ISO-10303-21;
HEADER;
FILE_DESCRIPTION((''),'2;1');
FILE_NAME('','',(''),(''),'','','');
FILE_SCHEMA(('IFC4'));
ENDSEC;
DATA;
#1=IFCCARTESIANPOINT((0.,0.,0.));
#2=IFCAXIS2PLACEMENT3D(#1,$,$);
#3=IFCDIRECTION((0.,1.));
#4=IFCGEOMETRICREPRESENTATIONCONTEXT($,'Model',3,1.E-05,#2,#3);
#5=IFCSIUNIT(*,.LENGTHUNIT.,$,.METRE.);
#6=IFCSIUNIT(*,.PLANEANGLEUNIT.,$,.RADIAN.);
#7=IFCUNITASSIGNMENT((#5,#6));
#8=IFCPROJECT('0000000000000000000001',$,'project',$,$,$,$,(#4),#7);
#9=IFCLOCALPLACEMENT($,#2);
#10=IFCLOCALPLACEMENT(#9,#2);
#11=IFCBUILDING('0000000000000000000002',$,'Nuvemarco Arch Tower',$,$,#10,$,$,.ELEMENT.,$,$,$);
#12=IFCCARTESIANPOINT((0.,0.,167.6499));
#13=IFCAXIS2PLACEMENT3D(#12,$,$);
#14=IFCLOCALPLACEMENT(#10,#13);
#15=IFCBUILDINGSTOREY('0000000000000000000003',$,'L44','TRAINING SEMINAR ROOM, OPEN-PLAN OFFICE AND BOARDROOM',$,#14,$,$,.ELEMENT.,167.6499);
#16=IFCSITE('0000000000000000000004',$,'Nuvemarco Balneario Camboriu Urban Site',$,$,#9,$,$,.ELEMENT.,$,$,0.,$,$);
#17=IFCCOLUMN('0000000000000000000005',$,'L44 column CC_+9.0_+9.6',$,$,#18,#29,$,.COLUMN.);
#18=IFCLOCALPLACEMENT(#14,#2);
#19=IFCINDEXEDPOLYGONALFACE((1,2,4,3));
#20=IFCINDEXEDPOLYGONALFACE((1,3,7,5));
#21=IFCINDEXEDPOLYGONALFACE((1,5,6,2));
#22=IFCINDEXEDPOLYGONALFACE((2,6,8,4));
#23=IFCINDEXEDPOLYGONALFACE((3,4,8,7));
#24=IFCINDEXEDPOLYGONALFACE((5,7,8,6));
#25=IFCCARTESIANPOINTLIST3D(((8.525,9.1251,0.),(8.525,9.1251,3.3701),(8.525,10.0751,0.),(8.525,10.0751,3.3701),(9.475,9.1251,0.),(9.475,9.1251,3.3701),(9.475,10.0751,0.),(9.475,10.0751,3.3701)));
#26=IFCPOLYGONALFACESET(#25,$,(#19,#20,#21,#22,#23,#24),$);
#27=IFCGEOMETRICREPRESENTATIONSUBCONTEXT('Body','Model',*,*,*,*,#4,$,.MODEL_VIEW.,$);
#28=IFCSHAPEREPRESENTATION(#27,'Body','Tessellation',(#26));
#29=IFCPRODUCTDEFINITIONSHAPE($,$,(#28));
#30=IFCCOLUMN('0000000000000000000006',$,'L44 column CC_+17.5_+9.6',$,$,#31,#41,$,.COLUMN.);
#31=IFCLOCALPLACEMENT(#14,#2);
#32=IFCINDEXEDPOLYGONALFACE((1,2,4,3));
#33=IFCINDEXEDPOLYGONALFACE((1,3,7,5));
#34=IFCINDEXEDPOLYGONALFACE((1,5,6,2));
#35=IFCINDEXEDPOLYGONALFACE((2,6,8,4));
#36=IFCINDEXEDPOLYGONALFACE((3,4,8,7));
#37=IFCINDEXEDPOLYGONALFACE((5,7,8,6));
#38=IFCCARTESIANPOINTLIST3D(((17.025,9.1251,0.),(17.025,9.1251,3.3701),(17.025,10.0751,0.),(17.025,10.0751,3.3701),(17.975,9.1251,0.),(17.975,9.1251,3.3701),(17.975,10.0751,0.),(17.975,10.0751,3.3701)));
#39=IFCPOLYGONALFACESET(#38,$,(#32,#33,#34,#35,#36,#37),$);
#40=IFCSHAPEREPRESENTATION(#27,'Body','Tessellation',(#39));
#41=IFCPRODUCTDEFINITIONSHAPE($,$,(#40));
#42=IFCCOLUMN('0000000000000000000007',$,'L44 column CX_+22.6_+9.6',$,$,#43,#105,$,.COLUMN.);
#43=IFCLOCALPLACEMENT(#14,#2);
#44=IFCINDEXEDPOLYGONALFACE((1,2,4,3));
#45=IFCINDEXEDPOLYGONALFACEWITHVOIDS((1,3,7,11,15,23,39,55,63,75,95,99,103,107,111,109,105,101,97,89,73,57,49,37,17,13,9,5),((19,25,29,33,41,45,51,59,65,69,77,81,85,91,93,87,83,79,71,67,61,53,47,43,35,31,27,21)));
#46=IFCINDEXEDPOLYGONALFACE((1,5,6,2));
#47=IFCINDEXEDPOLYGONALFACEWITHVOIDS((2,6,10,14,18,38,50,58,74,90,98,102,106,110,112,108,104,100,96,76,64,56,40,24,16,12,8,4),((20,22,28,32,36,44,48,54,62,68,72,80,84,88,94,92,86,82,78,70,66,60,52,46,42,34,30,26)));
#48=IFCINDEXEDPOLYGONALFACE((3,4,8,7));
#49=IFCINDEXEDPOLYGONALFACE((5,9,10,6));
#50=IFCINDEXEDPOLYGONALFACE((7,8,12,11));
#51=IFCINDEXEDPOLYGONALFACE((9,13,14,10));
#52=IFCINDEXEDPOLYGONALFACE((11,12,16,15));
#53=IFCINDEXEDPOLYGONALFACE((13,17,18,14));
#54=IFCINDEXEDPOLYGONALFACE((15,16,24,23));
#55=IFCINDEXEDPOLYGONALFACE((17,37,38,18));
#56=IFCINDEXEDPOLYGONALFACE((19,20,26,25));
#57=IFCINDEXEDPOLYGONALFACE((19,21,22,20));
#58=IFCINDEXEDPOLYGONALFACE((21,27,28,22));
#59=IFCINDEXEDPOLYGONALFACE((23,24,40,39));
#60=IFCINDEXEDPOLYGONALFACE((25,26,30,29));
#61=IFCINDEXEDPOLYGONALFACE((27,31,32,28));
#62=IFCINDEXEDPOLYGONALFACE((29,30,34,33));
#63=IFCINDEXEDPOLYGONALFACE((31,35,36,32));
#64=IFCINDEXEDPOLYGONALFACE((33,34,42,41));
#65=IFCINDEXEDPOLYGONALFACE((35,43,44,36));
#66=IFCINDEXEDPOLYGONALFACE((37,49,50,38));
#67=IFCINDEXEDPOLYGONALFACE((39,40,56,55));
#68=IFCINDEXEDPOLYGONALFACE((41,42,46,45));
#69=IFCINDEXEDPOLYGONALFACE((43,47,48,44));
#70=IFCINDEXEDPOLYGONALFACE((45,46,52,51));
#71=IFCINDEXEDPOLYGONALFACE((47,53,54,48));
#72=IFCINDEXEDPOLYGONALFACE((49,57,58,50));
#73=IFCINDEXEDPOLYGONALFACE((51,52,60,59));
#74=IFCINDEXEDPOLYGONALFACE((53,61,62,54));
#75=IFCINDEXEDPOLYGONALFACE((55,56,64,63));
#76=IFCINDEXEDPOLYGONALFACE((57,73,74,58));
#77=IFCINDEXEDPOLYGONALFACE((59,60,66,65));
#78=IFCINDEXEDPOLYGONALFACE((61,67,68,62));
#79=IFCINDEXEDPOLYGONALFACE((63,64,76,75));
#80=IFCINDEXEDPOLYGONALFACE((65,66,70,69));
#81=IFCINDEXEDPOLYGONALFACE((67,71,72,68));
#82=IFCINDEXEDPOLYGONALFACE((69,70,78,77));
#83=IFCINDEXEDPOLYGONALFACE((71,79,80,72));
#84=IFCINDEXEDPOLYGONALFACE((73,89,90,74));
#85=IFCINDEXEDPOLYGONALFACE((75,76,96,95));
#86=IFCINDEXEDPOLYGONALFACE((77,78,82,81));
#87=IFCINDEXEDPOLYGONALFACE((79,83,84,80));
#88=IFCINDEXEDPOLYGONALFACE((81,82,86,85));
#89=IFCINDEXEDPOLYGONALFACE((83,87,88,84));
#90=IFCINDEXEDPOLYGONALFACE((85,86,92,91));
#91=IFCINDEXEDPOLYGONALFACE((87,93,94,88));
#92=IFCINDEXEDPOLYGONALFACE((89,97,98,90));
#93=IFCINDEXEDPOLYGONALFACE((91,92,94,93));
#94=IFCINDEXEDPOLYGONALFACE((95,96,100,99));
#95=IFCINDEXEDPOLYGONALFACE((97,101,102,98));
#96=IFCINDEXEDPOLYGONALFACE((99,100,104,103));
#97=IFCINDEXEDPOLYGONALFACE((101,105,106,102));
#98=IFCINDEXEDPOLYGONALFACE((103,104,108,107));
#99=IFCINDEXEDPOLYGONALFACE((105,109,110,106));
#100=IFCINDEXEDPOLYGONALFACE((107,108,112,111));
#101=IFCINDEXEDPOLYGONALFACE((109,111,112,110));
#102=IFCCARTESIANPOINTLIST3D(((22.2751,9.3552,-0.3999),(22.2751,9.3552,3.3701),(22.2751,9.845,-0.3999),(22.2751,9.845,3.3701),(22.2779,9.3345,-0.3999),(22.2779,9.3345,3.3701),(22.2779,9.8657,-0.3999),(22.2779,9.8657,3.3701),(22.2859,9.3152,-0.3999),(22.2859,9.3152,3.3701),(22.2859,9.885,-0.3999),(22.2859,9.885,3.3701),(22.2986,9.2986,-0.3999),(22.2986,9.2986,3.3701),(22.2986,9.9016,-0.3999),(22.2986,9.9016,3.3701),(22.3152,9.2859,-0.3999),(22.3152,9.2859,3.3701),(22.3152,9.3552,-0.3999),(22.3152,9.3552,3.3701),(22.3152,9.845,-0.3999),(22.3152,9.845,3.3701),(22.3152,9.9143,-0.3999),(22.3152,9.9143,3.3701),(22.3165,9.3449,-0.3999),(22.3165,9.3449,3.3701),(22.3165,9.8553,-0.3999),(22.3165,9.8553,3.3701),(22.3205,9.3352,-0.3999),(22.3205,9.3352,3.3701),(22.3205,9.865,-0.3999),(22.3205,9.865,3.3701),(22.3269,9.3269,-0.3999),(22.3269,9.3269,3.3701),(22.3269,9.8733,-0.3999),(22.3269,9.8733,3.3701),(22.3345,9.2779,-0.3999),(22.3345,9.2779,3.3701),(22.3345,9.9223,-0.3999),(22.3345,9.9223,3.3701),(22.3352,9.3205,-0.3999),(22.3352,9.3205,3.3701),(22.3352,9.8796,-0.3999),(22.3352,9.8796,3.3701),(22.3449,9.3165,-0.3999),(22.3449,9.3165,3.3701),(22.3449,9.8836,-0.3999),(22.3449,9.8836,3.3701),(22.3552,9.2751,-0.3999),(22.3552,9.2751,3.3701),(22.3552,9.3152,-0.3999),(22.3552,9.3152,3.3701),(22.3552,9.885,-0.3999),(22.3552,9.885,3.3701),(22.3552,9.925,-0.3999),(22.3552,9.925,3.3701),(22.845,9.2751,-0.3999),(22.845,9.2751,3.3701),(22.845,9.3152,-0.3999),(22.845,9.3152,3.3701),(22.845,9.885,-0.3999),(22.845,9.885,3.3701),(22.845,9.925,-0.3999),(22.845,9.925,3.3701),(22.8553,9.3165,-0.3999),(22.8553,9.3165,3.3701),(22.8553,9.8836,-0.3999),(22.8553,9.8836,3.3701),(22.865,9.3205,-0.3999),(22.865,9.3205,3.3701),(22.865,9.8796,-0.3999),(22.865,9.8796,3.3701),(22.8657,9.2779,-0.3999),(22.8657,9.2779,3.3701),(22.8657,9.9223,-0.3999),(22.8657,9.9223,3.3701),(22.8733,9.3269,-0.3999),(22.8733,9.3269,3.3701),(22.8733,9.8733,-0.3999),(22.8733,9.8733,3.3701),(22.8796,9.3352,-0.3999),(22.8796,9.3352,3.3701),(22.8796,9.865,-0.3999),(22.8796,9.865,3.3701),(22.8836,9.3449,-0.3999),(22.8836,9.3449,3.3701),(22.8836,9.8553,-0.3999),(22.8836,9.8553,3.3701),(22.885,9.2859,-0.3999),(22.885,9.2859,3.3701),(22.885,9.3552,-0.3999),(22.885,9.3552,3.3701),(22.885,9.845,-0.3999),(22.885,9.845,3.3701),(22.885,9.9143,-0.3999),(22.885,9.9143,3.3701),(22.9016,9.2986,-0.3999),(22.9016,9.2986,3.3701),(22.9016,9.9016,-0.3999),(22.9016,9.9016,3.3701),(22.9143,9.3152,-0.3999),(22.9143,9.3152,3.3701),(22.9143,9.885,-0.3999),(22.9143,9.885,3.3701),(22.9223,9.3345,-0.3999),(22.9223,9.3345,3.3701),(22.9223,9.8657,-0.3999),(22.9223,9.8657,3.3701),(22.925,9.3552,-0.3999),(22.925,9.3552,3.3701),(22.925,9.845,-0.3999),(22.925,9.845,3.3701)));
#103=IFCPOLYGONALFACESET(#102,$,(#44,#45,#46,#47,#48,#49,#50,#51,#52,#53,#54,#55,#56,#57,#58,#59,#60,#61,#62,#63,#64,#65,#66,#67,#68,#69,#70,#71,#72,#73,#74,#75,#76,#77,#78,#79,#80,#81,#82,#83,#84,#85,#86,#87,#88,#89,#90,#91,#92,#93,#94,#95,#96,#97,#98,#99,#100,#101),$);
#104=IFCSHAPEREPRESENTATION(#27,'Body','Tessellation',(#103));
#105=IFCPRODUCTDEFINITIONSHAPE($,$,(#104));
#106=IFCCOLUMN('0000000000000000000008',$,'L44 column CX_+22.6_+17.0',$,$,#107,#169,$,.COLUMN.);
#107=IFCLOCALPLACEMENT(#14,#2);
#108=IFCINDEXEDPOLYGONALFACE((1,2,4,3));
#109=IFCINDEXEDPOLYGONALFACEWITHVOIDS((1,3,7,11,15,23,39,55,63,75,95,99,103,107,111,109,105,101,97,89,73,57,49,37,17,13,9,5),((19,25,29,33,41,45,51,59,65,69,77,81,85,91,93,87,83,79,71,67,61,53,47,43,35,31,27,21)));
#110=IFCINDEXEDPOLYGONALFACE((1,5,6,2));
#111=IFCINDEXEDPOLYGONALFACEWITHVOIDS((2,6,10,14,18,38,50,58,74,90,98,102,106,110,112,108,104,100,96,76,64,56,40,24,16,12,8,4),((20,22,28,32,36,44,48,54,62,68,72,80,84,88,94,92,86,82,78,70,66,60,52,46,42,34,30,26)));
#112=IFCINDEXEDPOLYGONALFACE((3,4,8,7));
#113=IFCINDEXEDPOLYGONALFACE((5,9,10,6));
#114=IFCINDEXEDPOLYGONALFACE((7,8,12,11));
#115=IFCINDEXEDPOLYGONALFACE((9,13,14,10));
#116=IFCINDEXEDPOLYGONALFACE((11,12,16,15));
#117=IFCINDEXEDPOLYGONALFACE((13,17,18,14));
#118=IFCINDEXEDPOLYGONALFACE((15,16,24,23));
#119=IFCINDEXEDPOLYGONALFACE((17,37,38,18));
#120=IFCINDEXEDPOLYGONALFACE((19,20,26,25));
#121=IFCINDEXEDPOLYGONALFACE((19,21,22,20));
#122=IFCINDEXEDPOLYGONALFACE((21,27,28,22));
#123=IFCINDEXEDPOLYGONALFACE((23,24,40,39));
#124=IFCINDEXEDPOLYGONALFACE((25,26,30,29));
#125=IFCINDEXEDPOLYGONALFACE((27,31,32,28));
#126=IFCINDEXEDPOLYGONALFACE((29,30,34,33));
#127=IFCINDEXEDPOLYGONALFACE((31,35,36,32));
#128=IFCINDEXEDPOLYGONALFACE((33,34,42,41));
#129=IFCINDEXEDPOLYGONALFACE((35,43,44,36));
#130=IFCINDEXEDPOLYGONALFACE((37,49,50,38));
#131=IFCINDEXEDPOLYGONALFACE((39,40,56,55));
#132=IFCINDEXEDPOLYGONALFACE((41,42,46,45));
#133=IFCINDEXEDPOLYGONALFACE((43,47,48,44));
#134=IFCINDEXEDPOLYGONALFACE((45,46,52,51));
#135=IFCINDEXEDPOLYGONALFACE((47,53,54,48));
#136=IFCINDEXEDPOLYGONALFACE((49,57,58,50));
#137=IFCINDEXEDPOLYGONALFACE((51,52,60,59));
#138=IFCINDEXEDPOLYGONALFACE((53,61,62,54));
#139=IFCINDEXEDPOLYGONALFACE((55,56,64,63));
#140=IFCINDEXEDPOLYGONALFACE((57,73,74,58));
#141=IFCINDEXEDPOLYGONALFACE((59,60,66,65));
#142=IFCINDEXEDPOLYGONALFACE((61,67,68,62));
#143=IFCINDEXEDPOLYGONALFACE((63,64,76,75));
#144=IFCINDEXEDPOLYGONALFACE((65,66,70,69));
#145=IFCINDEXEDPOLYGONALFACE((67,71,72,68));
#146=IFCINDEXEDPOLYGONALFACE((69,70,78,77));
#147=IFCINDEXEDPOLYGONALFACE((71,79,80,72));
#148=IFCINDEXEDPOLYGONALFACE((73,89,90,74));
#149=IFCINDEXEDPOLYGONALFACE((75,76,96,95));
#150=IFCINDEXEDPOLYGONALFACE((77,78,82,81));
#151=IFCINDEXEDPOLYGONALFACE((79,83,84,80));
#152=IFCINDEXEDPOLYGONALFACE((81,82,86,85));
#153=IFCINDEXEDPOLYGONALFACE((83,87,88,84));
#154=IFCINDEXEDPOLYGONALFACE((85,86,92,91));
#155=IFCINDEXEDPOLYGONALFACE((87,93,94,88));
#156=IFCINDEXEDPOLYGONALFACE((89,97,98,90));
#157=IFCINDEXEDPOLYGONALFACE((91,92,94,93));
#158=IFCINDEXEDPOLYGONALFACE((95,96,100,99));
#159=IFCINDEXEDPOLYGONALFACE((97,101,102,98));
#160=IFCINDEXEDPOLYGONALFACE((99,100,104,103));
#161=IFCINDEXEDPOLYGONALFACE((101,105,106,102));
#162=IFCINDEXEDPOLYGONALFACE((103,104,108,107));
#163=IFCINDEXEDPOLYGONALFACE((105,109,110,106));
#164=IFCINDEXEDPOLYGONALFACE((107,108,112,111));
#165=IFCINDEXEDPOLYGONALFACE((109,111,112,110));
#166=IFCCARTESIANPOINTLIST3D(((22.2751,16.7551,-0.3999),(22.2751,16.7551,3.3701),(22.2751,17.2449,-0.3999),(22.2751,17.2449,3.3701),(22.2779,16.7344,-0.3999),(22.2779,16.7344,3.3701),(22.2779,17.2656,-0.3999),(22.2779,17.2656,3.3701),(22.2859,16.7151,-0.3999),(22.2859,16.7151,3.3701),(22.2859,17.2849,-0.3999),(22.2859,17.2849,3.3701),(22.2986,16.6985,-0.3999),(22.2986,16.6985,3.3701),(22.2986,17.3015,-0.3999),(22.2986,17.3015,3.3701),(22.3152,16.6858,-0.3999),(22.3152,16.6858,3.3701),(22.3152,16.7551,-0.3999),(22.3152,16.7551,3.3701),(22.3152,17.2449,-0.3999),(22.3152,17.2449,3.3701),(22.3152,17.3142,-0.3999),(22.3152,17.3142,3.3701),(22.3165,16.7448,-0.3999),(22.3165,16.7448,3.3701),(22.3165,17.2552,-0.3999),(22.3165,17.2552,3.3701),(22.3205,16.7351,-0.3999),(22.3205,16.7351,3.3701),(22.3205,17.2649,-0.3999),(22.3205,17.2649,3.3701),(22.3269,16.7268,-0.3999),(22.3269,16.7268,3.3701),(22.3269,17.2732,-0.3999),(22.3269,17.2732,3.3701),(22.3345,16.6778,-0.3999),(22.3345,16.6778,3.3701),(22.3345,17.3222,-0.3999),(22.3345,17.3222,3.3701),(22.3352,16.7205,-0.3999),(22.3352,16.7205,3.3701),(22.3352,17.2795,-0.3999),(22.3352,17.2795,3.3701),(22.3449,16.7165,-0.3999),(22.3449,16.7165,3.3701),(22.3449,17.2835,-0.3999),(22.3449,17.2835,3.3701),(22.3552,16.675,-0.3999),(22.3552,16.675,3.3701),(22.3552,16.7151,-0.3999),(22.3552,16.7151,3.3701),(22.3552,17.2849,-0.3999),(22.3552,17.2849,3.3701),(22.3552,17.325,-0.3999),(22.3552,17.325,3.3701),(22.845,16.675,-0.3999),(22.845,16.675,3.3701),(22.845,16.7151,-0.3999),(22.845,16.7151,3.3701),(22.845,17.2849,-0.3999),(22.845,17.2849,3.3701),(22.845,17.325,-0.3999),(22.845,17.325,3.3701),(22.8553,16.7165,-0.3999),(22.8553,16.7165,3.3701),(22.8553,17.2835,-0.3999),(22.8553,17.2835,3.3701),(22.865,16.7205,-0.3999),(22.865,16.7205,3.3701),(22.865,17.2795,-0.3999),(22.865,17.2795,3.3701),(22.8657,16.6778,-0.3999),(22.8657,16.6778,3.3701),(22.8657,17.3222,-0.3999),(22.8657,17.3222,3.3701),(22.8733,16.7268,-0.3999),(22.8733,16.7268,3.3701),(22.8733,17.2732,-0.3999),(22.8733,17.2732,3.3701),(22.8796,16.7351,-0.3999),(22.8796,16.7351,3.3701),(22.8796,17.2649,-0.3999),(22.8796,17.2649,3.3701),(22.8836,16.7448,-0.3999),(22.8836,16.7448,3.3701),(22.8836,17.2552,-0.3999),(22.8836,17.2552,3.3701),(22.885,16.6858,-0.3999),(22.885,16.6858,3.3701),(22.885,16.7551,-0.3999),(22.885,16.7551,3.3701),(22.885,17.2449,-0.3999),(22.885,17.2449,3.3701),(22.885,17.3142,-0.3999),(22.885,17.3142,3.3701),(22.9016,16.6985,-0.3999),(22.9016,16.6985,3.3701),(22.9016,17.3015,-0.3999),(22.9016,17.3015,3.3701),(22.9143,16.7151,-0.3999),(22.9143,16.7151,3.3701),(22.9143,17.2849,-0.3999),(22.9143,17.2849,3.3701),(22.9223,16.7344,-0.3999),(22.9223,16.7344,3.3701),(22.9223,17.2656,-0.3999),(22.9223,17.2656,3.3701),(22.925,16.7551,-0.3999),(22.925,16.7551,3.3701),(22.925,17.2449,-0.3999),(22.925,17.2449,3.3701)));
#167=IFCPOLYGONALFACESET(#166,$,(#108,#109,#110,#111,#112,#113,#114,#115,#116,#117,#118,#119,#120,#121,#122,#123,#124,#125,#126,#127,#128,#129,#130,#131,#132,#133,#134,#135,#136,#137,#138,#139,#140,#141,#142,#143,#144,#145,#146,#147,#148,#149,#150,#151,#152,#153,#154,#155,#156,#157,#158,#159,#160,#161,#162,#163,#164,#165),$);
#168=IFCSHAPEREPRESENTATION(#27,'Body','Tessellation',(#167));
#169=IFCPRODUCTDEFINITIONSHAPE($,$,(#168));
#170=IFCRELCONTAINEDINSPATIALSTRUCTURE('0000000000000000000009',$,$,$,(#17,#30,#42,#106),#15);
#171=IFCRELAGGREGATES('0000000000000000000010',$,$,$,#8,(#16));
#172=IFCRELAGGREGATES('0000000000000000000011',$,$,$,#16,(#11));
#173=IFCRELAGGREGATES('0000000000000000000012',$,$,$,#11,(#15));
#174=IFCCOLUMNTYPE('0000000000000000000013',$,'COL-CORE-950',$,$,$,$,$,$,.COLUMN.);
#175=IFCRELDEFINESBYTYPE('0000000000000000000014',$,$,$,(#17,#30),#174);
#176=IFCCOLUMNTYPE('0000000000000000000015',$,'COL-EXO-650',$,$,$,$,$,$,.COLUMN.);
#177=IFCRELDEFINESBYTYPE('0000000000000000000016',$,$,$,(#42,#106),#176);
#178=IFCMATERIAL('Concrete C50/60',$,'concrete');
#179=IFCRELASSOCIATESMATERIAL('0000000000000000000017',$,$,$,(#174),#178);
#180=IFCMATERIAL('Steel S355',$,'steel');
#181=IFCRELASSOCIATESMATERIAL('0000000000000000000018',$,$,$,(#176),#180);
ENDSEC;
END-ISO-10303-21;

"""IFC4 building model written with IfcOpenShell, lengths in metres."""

from ifc_helpers import new_model, si_unit, direction, frame, origin, origin_2d, place, context, subcontext, project, spatial, rectangle, hollow_rectangle, extrude, material, material_profile, profile_set, type_object, element, save


model = new_model("IFC4")

# Units and contexts
model_context = context("Model", 3, precision=1e-05, world=origin(), true_north=direction((0.0, 1.0)))
body_context = subcontext(model_context, "Body", "Model", "MODEL_VIEW")
ifc_project = project(units=[si_unit("LENGTHUNIT", "METRE"), si_unit("PLANEANGLEUNIT", "RADIAN")], contexts=[model_context])

# Site, building, storey
site_placement = place(None, origin())
site = spatial("IfcSite", under=ifc_project, at=site_placement, Name="Nuvemarco Balneario Camboriu Urban Site", CompositionType="ELEMENT", RefElevation=0.0)
building_placement = place(site_placement, origin())
building = spatial("IfcBuilding", under=site, at=building_placement, Name="Nuvemarco Arch Tower", CompositionType="ELEMENT")
storey_placement = place(building_placement, frame((0.0, 0.0, 167.6499)))
storey = spatial("IfcBuildingStorey", under=building, at=storey_placement, Name="L44", Description="TRAINING SEMINAR ROOM, OPEN-PLAN OFFICE AND BOARDROOM", CompositionType="ELEMENT", Elevation=167.6499)

# Columns
ifc_material_1 = material(Name="Concrete C50/60", Category="concrete")
ifc_material_profile_1 = material_profile(ifc_material_1, rectangle(XDim=0.95, YDim=0.95, at=origin_2d()), Name="RC-COL-950x950")
ifc_profile_set_1 = profile_set([ifc_material_profile_1], Name="Concrete C50/60")
column_type_1 = type_object("IfcColumnType", Name="COL-CORE-950", PredefinedType="COLUMN", material=ifc_profile_set_1)
for number, where, z_axis, x_axis, name in (
    (1, (9.0, 9.6001, 0.0), (0.0, 0.0, 1.0), (1.0, 0.0, 0.0), "L44 column CC_+9.0_+9.6"),
    (2, (17.5, 9.6001, 0.0), (0.0, 0.0, 1.0), (1.0, 0.0, 0.0), "L44 column CC_+17.5_+9.6"),
):
    element("IfcColumn", number, at=place(storey_placement, frame(where, z_axis=z_axis, x_axis=x_axis)), inside=storey, type_object=column_type_1, Name=name, PredefinedType="COLUMN", context=body_context, shape_type="SweptSolid", body=[
        extrude(rectangle(XDim=0.95, YDim=0.95, at=origin_2d()), origin(), (0.0, 0.0, 1.0), 3.3701),
    ])
ifc_material_2 = material(Name="Steel S355", Category="steel")
ifc_material_profile_2 = material_profile(ifc_material_2, hollow_rectangle(XDim=0.6499, YDim=0.6499, WallThickness=0.04, InnerFilletRadius=0.04, OuterFilletRadius=0.0801, at=origin_2d()), Name="SHS650x650x40")
ifc_profile_set_2 = profile_set([ifc_material_profile_2], Name="Steel S355")
column_type_2 = type_object("IfcColumnType", Name="COL-EXO-650", PredefinedType="COLUMN", material=ifc_profile_set_2)
for number, where, z_axis, x_axis, name in (
    (3, (22.6001, 9.6001, -0.3999), (0.0, 0.0, 1.0), (1.0, 0.0, 0.0), "L44 column CX_+22.6_+9.6"),
    (4, (22.6001, 17.0, -0.3999), (0.0, 0.0, 1.0), (1.0, 0.0, 0.0), "L44 column CX_+22.6_+17.0"),
):
    element("IfcColumn", number, at=place(storey_placement, frame(where, z_axis=z_axis, x_axis=x_axis)), inside=storey, type_object=column_type_2, Name=name, PredefinedType="COLUMN", context=body_context, shape_type="SweptSolid", body=[
        extrude(hollow_rectangle(XDim=0.6499, YDim=0.6499, WallThickness=0.04, InnerFilletRadius=0.04, OuterFilletRadius=0.0801, at=origin_2d()), origin(), (0.0, 0.0, 1.0), 3.77),
    ])

save(model, "model.ifc")
